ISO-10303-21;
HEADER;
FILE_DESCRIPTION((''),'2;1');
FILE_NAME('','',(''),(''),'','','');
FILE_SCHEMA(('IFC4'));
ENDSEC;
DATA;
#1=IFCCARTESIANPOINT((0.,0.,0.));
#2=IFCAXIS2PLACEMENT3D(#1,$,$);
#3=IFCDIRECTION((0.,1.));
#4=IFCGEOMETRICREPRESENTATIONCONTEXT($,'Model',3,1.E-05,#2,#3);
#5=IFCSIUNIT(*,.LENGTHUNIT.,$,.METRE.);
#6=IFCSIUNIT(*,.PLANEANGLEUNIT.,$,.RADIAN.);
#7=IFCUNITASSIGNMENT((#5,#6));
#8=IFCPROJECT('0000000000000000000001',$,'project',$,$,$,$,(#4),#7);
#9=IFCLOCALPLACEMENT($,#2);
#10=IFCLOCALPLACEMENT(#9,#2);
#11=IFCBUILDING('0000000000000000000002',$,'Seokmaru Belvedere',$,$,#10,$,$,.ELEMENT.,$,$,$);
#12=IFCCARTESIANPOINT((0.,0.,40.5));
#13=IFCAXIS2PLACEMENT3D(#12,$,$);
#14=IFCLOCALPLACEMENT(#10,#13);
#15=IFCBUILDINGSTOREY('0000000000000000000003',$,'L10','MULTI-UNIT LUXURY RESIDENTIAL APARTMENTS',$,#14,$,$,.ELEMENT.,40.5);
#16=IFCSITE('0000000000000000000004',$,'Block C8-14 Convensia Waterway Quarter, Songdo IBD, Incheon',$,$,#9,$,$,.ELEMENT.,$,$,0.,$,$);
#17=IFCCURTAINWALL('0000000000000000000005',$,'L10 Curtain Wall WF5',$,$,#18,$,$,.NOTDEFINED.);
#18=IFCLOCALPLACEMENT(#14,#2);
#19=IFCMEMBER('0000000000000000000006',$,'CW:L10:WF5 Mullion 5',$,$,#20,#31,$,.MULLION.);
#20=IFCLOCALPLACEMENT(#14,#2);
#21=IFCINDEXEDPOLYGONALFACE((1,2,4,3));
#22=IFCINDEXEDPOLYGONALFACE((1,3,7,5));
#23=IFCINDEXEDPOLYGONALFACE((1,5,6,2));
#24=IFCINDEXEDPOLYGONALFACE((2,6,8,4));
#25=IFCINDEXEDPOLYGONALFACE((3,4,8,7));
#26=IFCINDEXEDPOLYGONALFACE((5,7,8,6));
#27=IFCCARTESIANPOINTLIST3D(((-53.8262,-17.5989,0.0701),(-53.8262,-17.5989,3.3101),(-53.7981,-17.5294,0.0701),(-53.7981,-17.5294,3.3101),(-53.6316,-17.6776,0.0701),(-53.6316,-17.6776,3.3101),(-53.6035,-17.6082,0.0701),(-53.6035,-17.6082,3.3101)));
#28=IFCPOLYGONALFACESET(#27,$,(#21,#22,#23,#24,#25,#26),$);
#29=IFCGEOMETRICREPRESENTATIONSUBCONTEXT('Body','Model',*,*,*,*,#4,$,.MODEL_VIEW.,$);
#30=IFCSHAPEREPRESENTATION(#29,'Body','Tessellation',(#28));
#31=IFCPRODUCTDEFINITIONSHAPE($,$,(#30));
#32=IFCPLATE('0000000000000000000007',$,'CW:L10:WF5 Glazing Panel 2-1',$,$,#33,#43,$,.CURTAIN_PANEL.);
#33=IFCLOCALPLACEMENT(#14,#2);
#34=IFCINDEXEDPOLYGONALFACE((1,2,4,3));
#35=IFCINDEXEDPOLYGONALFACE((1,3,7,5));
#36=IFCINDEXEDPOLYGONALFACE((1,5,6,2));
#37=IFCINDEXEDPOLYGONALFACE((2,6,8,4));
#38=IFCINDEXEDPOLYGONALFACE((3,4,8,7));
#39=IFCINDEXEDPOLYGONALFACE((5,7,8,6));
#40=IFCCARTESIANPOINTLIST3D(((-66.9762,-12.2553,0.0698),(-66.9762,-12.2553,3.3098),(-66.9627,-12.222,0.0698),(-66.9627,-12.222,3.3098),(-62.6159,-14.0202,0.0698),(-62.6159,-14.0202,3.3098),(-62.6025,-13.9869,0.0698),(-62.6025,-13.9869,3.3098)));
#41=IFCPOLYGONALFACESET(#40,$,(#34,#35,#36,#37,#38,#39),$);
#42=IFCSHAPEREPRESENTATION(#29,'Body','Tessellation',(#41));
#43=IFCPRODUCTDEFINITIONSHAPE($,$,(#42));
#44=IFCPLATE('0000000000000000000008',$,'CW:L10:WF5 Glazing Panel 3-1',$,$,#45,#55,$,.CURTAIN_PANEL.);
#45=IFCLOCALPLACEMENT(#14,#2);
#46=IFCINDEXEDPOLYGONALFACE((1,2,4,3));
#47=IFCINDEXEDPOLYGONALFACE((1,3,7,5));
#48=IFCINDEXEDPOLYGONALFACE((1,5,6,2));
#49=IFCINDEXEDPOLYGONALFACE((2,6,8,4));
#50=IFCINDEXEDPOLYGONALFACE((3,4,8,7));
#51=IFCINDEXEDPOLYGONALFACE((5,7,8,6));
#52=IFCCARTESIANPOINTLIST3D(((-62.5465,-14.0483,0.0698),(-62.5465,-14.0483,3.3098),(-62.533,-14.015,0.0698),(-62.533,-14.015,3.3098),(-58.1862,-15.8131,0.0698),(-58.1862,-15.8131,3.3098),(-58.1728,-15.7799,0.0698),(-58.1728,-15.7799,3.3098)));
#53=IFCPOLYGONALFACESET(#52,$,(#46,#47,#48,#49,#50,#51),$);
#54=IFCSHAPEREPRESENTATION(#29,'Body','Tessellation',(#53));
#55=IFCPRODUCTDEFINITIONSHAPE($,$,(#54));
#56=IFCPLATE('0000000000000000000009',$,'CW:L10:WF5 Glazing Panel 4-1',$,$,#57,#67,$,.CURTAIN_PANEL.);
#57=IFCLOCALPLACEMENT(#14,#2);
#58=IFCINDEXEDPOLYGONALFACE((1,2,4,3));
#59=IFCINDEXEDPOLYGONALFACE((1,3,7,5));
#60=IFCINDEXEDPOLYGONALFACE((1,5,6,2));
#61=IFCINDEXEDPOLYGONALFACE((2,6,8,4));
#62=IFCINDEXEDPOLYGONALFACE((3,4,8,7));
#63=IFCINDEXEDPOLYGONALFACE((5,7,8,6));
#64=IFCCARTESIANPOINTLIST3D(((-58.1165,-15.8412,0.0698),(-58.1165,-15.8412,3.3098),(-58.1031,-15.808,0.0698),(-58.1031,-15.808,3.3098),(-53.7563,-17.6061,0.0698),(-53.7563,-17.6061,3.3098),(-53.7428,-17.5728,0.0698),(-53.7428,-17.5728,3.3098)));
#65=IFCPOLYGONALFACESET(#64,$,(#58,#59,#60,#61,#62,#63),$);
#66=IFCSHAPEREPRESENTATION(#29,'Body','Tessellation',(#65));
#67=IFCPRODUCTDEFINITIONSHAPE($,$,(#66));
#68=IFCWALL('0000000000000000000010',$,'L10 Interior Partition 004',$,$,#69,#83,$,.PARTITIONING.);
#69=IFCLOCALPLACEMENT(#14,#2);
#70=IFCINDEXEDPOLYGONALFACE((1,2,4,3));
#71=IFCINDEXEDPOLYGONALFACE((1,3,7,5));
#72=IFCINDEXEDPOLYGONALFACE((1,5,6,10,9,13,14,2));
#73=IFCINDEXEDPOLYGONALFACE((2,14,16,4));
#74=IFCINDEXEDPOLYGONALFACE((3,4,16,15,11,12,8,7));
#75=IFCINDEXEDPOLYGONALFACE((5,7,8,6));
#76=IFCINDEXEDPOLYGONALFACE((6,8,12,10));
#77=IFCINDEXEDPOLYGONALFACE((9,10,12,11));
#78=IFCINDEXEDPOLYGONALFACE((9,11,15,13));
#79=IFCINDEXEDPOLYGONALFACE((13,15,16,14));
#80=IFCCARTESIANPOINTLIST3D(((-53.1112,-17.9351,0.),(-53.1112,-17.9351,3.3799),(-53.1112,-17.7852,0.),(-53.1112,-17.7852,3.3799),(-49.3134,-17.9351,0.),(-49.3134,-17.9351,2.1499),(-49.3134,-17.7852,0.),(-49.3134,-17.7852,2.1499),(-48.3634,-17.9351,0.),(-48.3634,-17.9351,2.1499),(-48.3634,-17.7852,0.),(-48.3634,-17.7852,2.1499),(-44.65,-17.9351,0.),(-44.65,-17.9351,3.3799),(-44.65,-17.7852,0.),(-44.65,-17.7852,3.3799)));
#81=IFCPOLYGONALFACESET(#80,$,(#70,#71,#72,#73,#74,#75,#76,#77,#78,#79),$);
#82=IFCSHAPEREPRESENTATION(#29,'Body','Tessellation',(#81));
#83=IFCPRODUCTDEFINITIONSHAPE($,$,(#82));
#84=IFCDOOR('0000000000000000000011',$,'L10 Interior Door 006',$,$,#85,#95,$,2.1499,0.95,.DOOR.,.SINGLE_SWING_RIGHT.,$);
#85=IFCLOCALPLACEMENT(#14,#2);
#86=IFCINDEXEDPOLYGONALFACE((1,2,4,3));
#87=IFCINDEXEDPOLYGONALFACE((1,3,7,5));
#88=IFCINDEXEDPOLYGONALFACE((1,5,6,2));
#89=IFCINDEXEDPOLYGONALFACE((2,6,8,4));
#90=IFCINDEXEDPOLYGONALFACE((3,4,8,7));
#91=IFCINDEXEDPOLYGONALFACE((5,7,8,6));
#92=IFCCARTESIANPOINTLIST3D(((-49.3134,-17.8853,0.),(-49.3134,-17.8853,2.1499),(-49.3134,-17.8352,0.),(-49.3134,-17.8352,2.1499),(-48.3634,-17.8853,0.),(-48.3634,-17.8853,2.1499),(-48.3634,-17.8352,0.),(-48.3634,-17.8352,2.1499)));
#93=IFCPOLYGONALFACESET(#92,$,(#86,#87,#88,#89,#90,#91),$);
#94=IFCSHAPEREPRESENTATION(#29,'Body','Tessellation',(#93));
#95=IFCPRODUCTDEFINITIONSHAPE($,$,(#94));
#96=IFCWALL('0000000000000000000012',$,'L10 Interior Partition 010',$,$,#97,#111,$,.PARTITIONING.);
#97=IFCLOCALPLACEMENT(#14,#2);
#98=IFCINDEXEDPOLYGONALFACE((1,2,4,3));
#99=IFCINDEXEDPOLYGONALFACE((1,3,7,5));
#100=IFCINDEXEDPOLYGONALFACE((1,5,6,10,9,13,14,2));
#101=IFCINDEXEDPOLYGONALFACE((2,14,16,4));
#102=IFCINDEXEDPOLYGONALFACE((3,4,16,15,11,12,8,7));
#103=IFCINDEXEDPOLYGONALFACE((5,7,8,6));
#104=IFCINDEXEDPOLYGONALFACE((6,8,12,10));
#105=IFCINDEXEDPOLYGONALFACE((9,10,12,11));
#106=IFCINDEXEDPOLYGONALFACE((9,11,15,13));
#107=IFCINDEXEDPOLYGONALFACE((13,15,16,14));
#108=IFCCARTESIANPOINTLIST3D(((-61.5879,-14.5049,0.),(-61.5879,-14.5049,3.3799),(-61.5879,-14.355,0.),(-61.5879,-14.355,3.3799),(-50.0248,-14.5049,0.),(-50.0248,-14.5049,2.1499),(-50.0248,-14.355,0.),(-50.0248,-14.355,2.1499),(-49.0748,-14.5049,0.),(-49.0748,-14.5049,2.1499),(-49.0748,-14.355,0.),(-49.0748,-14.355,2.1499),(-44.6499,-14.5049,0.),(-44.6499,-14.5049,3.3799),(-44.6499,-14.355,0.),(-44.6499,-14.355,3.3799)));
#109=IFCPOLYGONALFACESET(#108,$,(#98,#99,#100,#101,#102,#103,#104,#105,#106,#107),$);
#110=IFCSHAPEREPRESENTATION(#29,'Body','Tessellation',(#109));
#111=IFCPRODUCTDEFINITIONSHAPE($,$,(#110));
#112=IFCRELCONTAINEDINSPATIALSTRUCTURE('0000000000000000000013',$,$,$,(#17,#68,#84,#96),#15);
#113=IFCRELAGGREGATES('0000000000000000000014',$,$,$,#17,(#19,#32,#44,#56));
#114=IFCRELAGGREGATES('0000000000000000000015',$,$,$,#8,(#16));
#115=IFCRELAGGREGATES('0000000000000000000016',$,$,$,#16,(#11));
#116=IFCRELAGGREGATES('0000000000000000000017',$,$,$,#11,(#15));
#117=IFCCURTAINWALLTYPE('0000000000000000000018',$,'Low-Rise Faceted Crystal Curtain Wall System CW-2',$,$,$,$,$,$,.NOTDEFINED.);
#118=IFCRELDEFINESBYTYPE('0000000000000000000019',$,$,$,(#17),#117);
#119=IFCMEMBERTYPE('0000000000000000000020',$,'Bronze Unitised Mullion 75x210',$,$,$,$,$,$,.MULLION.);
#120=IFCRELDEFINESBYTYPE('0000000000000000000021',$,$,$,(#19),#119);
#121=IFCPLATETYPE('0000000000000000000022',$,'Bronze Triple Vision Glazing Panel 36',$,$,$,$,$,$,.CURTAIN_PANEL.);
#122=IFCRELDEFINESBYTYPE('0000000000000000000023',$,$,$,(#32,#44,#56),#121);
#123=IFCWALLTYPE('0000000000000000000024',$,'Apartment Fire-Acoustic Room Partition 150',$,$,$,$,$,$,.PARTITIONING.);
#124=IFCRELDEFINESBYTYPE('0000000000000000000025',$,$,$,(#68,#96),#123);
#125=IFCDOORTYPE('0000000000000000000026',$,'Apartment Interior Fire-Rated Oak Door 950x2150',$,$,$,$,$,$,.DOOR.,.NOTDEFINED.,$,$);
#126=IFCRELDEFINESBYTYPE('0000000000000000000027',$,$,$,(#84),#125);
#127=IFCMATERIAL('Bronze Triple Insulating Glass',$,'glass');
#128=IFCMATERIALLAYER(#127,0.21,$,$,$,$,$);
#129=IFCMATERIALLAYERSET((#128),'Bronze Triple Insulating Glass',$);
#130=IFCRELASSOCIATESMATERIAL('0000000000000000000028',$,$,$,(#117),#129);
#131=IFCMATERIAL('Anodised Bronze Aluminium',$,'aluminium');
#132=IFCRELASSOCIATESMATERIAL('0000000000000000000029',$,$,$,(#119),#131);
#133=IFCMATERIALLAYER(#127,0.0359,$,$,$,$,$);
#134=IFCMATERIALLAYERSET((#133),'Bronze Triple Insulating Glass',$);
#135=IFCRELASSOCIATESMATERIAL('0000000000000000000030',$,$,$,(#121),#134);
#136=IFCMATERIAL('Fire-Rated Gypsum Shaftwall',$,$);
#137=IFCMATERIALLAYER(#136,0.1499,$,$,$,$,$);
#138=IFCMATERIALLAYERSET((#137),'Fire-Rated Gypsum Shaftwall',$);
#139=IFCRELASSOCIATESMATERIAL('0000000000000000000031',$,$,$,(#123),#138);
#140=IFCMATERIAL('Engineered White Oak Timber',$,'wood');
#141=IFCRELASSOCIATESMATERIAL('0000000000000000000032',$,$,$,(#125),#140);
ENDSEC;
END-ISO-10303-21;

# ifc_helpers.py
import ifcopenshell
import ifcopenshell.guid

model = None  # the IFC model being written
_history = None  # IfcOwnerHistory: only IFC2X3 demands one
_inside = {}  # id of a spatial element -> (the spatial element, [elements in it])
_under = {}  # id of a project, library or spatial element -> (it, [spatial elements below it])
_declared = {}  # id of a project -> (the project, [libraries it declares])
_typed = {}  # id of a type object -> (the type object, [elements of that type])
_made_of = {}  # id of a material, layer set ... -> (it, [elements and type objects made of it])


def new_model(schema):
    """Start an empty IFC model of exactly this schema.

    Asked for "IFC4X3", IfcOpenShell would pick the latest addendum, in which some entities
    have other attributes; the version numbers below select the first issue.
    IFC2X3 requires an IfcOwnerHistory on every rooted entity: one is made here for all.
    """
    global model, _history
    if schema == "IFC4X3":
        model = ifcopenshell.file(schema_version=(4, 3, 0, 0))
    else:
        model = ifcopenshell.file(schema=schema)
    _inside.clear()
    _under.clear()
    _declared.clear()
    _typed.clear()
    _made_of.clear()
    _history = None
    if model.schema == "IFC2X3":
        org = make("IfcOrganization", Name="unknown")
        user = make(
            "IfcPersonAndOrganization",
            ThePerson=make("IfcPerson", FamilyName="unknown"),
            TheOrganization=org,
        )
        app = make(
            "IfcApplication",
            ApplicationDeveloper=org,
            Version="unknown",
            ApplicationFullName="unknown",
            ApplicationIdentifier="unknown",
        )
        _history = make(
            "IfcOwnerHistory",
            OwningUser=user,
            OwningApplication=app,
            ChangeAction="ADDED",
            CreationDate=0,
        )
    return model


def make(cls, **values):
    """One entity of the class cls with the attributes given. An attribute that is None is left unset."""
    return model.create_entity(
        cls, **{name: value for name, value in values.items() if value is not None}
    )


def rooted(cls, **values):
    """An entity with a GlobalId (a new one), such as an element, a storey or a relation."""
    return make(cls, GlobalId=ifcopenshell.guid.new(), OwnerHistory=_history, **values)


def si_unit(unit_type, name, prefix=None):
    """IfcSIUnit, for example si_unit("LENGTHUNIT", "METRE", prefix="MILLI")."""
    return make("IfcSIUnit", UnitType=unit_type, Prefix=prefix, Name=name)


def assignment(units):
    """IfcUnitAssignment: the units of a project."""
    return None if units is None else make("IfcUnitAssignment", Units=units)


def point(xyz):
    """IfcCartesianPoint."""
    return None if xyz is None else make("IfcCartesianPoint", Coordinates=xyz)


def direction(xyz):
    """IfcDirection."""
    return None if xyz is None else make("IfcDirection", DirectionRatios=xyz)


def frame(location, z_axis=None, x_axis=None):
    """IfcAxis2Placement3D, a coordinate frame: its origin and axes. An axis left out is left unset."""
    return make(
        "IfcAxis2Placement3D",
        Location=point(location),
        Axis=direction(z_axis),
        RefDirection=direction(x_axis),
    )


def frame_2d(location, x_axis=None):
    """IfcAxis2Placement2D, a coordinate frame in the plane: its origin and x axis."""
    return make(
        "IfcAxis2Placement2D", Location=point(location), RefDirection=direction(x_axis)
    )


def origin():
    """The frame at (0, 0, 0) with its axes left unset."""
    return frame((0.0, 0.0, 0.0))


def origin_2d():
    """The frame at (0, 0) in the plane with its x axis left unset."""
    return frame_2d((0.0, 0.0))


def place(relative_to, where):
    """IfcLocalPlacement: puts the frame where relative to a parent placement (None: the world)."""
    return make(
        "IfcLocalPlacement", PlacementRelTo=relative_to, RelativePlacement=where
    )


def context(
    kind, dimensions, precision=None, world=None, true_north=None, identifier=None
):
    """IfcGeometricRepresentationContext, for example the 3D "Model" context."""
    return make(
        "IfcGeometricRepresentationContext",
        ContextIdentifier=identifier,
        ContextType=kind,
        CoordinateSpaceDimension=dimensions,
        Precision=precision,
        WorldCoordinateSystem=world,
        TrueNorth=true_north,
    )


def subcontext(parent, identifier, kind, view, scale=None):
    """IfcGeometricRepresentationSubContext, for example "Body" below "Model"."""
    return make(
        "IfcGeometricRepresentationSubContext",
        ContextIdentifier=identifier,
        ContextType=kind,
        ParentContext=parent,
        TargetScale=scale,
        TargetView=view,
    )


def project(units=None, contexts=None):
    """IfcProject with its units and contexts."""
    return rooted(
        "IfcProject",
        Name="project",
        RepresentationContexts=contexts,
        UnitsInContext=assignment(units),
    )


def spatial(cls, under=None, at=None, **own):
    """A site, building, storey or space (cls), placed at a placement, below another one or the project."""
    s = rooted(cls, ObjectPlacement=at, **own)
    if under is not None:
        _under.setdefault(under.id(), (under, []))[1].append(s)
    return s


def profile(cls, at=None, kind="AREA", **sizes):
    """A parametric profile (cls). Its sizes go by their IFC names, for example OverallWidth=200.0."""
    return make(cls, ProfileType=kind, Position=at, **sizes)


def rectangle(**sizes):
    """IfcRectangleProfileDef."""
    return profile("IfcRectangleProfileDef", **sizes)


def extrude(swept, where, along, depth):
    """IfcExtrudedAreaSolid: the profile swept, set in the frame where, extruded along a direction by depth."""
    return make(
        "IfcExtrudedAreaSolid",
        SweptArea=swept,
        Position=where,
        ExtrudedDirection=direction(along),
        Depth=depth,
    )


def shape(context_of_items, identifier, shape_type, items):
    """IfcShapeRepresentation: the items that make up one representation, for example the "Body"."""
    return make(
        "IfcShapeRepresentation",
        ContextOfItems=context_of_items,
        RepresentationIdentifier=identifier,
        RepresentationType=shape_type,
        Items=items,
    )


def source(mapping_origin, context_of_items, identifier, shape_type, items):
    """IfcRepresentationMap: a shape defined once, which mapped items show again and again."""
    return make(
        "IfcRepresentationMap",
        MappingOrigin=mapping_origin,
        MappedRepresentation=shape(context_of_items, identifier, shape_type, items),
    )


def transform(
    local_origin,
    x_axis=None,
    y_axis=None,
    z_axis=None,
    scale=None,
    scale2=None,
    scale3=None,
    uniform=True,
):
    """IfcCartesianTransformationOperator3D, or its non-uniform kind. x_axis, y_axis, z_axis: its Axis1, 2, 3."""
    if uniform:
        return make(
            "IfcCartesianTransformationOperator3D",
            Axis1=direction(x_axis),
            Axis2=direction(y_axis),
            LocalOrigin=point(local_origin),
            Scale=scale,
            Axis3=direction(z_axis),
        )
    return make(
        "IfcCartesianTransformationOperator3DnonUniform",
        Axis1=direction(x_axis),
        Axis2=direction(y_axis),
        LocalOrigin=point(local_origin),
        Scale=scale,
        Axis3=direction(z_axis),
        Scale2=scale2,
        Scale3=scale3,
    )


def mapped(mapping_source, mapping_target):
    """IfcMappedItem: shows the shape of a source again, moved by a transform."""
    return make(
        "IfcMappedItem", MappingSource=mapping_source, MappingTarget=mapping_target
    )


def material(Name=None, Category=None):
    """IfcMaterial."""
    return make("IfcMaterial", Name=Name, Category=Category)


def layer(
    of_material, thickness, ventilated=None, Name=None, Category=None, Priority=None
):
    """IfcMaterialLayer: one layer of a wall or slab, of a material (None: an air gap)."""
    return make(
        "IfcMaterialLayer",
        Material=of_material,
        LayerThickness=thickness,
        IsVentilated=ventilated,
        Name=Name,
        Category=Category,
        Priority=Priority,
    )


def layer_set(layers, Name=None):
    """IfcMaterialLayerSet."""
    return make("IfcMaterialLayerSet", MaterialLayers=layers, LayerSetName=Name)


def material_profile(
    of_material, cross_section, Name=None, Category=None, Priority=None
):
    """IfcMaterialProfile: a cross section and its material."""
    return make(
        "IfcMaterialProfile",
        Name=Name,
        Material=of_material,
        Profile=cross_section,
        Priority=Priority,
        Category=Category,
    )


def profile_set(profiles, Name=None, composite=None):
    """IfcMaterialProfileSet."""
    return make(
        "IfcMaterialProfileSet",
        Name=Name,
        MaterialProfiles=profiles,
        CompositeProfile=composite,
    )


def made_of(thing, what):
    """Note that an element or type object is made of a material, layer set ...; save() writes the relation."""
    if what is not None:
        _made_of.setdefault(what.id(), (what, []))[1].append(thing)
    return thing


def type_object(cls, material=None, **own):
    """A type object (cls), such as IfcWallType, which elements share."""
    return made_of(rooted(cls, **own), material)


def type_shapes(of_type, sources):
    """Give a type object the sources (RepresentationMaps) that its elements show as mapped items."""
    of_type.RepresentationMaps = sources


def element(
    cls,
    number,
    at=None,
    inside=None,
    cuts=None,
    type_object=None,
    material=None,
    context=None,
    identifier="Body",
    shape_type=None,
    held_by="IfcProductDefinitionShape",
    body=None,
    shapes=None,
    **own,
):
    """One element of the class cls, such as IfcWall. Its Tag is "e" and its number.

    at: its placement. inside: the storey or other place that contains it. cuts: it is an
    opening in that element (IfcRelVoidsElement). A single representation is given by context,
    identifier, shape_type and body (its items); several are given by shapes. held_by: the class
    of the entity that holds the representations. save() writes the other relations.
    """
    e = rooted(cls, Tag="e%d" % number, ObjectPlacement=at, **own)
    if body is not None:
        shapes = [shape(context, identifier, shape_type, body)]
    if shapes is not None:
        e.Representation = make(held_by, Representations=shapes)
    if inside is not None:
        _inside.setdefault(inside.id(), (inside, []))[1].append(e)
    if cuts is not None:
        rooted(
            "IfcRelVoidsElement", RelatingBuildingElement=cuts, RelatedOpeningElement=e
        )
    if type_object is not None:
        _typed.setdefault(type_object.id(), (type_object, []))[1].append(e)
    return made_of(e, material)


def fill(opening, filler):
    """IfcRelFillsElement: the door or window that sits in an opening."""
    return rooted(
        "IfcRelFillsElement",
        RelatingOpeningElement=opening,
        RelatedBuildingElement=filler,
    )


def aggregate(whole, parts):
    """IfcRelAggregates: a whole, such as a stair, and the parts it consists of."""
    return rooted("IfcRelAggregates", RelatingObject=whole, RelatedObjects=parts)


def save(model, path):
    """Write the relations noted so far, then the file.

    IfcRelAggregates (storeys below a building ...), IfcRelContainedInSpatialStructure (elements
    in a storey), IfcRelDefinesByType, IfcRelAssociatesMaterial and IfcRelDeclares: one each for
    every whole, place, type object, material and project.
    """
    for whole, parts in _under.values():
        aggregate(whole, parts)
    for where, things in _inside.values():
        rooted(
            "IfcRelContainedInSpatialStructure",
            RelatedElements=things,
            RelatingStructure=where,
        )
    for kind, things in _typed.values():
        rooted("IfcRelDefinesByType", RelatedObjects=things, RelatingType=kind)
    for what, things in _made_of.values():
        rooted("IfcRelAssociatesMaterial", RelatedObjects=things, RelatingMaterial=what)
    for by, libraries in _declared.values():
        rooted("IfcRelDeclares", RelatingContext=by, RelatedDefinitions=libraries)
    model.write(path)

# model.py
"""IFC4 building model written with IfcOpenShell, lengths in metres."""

from ifc_helpers import new_model, si_unit, direction, frame, frame_2d, origin, origin_2d, place, context, subcontext, project, spatial, rectangle, extrude, source, transform, mapped, material, layer, layer_set, material_profile, profile_set, type_object, type_shapes, element, fill, aggregate, save


model = new_model("IFC4")

# Units and contexts
model_context = context("Model", 3, precision=1e-05, world=origin(), true_north=direction((0.0, 1.0)))
body_context = subcontext(model_context, "Body", "Model", "MODEL_VIEW")
ifc_project = project(units=[si_unit("LENGTHUNIT", "METRE"), si_unit("PLANEANGLEUNIT", "RADIAN")], contexts=[model_context])

# Site, building, storey
site_placement = place(None, origin())
site = spatial("IfcSite", under=ifc_project, at=site_placement, Name="Block C8-14 Convensia Waterway Quarter, Songdo IBD, Incheon", CompositionType="ELEMENT", RefElevation=0.0)
building_placement = place(site_placement, origin())
building = spatial("IfcBuilding", under=site, at=building_placement, Name="Seokmaru Belvedere", CompositionType="ELEMENT")
storey_placement = place(building_placement, frame((0.0, 0.0, 40.5)))
storey = spatial("IfcBuildingStorey", under=building, at=storey_placement, Name="L10", Description="MULTI-UNIT LUXURY RESIDENTIAL APARTMENTS", CompositionType="ELEMENT", Elevation=40.5)

# Curtain wall, member, plates
ifc_material_1 = material(Name="Bronze Triple Insulating Glass", Category="glass")
ifc_layer_1 = layer(ifc_material_1, 0.21)
ifc_layer_set_1 = layer_set([ifc_layer_1], Name="Bronze Triple Insulating Glass")
curtain_wall_type = type_object("IfcCurtainWallType", Name="Low-Rise Faceted Crystal Curtain Wall System CW-2", PredefinedType="NOTDEFINED", material=ifc_layer_set_1)
curtain_wall_placement = place(storey_placement, origin())
curtain_wall = element("IfcCurtainWall", 1, at=curtain_wall_placement, inside=storey, type_object=curtain_wall_type, Name="L10 Curtain Wall WF5", PredefinedType="NOTDEFINED")
ifc_material_2 = material(Name="Anodised Bronze Aluminium", Category="aluminium")
ifc_material_profile_1 = material_profile(ifc_material_2, rectangle(XDim=0.075, YDim=0.21, at=origin_2d()), Name="CW-M-75x210")
ifc_profile_set_1 = profile_set([ifc_material_profile_1], Name="Anodised Bronze Aluminium")
member_type = type_object("IfcMemberType", Name="Bronze Unitised Mullion 75x210", PredefinedType="MULLION", material=ifc_profile_set_1)
shared_shape_1 = source(origin(), body_context, "Body", "SweptSolid", [
    extrude(rectangle(XDim=0.075, YDim=0.21, at=origin_2d()), origin(), (0.0, 0.0, 1.0), 3.24),
])
type_shapes(member_type, [shared_shape_1])
member_1_placement = place(storey_placement, frame((-53.7148, -17.6035, 0.0701), z_axis=(0.0, 0.0, 1.0), x_axis=(0.375192, 0.926947, 0.0)))
member_1 = element("IfcMember", 2, at=member_1_placement, type_object=member_type, Name="CW:L10:WF5 Mullion 5", PredefinedType="MULLION", context=body_context, shape_type="MappedRepresentation", body=[
    mapped(shared_shape_1, transform((0.0, 0.0, 0.0), scale=1.0)),
])
ifc_layer_2 = layer(ifc_material_1, 0.0359)
ifc_layer_set_2 = layer_set([ifc_layer_2], Name="Bronze Triple Insulating Glass")
plate_type = type_object("IfcPlateType", Name="Bronze Triple Vision Glazing Panel 36", PredefinedType="CURTAIN_PANEL", material=ifc_layer_set_2)
shared_shape_2 = source(origin(), body_context, "Body", "SweptSolid", [
    extrude(rectangle(XDim=4.7039, YDim=0.0359, at=origin_2d()), origin(), (0.0, 0.0, 1.0), 3.24),
])
type_shapes(plate_type, [shared_shape_2])
plate_1_placement = place(storey_placement, frame((-64.7893, -13.1211, 0.0698), z_axis=(0.0, 0.0, 1.0), x_axis=(0.926947, -0.375192, 0.0)))
plate_1 = element("IfcPlate", 3, at=plate_1_placement, type_object=plate_type, Name="CW:L10:WF5 Glazing Panel 2-1", PredefinedType="CURTAIN_PANEL", context=body_context, shape_type="MappedRepresentation", body=[
    mapped(shared_shape_2, transform((0.0, 0.0, 0.0), scale=1.0)),
])
plate_2_placement = place(storey_placement, frame((-60.3596, -14.9141, 0.0698), z_axis=(0.0, 0.0, 1.0), x_axis=(0.926947, -0.375192, 0.0)))
plate_2 = element("IfcPlate", 4, at=plate_2_placement, type_object=plate_type, Name="CW:L10:WF5 Glazing Panel 3-1", PredefinedType="CURTAIN_PANEL", context=body_context, shape_type="MappedRepresentation", body=[
    mapped(shared_shape_2, transform((0.0, 0.0, 0.0), scale=1.0)),
])
plate_3_placement = place(storey_placement, frame((-55.9297, -16.707, 0.0698), z_axis=(0.0, 0.0, 1.0), x_axis=(0.926947, -0.375192, 0.0)))
plate_3 = element("IfcPlate", 5, at=plate_3_placement, type_object=plate_type, Name="CW:L10:WF5 Glazing Panel 4-1", PredefinedType="CURTAIN_PANEL", context=body_context, shape_type="MappedRepresentation", body=[
    mapped(shared_shape_2, transform((0.0, 0.0, 0.0), scale=1.0)),
])
aggregate(curtain_wall, [member_1, plate_1, plate_2, plate_3])

# Wall, opening, door
ifc_material_3 = material(Name="Fire-Rated Gypsum Shaftwall")
ifc_layer_3 = layer(ifc_material_3, 0.1499)
ifc_layer_set_3 = layer_set([ifc_layer_3], Name="Fire-Rated Gypsum Shaftwall")
wall_type = type_object("IfcWallType", Name="Apartment Fire-Acoustic Room Partition 150", PredefinedType="PARTITIONING", material=ifc_layer_set_3)
wall_1_placement = place(storey_placement, frame((-53.1111, -17.8601, 0.0), z_axis=(0.0, 0.0, 1.0), x_axis=(1.0, 0.0, 0.0)))
wall_1 = element("IfcWall", 6, at=wall_1_placement, inside=storey, type_object=wall_type, Name="L10 Interior Partition 004", PredefinedType="PARTITIONING", context=body_context, shape_type="SweptSolid", body=[
    extrude(rectangle(XDim=8.4612, YDim=0.1499, at=frame_2d((4.2305, 0.0))), origin(), (0.0, 0.0, 1.0), 3.3799),
])
opening_1_placement = place(wall_1_placement, frame((3.7976, 0.0, 0.0)))
opening_1 = element("IfcOpeningElement", 7, at=opening_1_placement, cuts=wall_1, PredefinedType="OPENING", context=body_context, shape_type="SweptSolid", body=[
    extrude(rectangle(XDim=0.95, YDim=2.1499, at=frame_2d((0.4751, 1.075))), frame((0.0, 0.085, 0.0), z_axis=(0.0, -1.0, 0.0), x_axis=(1.0, 0.0, 0.0)), (0.0, 0.0, 1.0), 0.1699),
])
ifc_material_4 = material(Name="Engineered White Oak Timber", Category="wood")
door_type = type_object("IfcDoorType", Name="Apartment Interior Fire-Rated Oak Door 950x2150", OperationType="NOTDEFINED", PredefinedType="DOOR", material=ifc_material_4)
shared_shape_3 = source(origin(), body_context, "Body", "SweptSolid", [
    extrude(rectangle(XDim=0.95, YDim=2.1499, at=frame_2d((0.4751, 1.075))), frame((0.0, 0.0249, 0.0), z_axis=(0.0, -1.0, 0.0), x_axis=(1.0, 0.0, 0.0)), (0.0, 0.0, 1.0), 0.05),
])
type_shapes(door_type, [shared_shape_3])
door_1_placement = place(opening_1_placement, origin())
door_1 = element("IfcDoor", 8, at=door_1_placement, inside=storey, type_object=door_type, Name="L10 Interior Door 006", OperationType="SINGLE_SWING_RIGHT", OverallHeight=2.1499, OverallWidth=0.95, PredefinedType="DOOR", context=body_context, shape_type="MappedRepresentation", body=[
    mapped(shared_shape_3, transform((0.0, 0.0, 0.0), scale=1.0)),
])
fill(opening_1, door_1)

# Wall, opening
wall_2_placement = place(storey_placement, frame((-61.5879, -14.4299, 0.0), z_axis=(0.0, 0.0, 1.0), x_axis=(1.0, 0.0, 0.0)))
wall_2 = element("IfcWall", 9, at=wall_2_placement, inside=storey, type_object=wall_type, Name="L10 Interior Partition 010", PredefinedType="PARTITIONING", context=body_context, shape_type="SweptSolid", body=[
    extrude(rectangle(XDim=16.938, YDim=0.1499, at=frame_2d((8.469, 0.0))), origin(), (0.0, 0.0, 1.0), 3.3799),
])
opening_2_placement = place(wall_2_placement, frame((11.563, 0.0, 0.0)))
element("IfcOpeningElement", 10, at=opening_2_placement, cuts=wall_2, PredefinedType="OPENING", context=body_context, shape_type="SweptSolid", body=[
    extrude(rectangle(XDim=0.95, YDim=2.1499, at=frame_2d((0.4751, 1.075))), frame((0.0, 0.085, 0.0), z_axis=(0.0, -1.0, 0.0), x_axis=(1.0, 0.0, 0.0)), (0.0, 0.0, 1.0), 0.1699),
])

save(model, "model.ifc")
